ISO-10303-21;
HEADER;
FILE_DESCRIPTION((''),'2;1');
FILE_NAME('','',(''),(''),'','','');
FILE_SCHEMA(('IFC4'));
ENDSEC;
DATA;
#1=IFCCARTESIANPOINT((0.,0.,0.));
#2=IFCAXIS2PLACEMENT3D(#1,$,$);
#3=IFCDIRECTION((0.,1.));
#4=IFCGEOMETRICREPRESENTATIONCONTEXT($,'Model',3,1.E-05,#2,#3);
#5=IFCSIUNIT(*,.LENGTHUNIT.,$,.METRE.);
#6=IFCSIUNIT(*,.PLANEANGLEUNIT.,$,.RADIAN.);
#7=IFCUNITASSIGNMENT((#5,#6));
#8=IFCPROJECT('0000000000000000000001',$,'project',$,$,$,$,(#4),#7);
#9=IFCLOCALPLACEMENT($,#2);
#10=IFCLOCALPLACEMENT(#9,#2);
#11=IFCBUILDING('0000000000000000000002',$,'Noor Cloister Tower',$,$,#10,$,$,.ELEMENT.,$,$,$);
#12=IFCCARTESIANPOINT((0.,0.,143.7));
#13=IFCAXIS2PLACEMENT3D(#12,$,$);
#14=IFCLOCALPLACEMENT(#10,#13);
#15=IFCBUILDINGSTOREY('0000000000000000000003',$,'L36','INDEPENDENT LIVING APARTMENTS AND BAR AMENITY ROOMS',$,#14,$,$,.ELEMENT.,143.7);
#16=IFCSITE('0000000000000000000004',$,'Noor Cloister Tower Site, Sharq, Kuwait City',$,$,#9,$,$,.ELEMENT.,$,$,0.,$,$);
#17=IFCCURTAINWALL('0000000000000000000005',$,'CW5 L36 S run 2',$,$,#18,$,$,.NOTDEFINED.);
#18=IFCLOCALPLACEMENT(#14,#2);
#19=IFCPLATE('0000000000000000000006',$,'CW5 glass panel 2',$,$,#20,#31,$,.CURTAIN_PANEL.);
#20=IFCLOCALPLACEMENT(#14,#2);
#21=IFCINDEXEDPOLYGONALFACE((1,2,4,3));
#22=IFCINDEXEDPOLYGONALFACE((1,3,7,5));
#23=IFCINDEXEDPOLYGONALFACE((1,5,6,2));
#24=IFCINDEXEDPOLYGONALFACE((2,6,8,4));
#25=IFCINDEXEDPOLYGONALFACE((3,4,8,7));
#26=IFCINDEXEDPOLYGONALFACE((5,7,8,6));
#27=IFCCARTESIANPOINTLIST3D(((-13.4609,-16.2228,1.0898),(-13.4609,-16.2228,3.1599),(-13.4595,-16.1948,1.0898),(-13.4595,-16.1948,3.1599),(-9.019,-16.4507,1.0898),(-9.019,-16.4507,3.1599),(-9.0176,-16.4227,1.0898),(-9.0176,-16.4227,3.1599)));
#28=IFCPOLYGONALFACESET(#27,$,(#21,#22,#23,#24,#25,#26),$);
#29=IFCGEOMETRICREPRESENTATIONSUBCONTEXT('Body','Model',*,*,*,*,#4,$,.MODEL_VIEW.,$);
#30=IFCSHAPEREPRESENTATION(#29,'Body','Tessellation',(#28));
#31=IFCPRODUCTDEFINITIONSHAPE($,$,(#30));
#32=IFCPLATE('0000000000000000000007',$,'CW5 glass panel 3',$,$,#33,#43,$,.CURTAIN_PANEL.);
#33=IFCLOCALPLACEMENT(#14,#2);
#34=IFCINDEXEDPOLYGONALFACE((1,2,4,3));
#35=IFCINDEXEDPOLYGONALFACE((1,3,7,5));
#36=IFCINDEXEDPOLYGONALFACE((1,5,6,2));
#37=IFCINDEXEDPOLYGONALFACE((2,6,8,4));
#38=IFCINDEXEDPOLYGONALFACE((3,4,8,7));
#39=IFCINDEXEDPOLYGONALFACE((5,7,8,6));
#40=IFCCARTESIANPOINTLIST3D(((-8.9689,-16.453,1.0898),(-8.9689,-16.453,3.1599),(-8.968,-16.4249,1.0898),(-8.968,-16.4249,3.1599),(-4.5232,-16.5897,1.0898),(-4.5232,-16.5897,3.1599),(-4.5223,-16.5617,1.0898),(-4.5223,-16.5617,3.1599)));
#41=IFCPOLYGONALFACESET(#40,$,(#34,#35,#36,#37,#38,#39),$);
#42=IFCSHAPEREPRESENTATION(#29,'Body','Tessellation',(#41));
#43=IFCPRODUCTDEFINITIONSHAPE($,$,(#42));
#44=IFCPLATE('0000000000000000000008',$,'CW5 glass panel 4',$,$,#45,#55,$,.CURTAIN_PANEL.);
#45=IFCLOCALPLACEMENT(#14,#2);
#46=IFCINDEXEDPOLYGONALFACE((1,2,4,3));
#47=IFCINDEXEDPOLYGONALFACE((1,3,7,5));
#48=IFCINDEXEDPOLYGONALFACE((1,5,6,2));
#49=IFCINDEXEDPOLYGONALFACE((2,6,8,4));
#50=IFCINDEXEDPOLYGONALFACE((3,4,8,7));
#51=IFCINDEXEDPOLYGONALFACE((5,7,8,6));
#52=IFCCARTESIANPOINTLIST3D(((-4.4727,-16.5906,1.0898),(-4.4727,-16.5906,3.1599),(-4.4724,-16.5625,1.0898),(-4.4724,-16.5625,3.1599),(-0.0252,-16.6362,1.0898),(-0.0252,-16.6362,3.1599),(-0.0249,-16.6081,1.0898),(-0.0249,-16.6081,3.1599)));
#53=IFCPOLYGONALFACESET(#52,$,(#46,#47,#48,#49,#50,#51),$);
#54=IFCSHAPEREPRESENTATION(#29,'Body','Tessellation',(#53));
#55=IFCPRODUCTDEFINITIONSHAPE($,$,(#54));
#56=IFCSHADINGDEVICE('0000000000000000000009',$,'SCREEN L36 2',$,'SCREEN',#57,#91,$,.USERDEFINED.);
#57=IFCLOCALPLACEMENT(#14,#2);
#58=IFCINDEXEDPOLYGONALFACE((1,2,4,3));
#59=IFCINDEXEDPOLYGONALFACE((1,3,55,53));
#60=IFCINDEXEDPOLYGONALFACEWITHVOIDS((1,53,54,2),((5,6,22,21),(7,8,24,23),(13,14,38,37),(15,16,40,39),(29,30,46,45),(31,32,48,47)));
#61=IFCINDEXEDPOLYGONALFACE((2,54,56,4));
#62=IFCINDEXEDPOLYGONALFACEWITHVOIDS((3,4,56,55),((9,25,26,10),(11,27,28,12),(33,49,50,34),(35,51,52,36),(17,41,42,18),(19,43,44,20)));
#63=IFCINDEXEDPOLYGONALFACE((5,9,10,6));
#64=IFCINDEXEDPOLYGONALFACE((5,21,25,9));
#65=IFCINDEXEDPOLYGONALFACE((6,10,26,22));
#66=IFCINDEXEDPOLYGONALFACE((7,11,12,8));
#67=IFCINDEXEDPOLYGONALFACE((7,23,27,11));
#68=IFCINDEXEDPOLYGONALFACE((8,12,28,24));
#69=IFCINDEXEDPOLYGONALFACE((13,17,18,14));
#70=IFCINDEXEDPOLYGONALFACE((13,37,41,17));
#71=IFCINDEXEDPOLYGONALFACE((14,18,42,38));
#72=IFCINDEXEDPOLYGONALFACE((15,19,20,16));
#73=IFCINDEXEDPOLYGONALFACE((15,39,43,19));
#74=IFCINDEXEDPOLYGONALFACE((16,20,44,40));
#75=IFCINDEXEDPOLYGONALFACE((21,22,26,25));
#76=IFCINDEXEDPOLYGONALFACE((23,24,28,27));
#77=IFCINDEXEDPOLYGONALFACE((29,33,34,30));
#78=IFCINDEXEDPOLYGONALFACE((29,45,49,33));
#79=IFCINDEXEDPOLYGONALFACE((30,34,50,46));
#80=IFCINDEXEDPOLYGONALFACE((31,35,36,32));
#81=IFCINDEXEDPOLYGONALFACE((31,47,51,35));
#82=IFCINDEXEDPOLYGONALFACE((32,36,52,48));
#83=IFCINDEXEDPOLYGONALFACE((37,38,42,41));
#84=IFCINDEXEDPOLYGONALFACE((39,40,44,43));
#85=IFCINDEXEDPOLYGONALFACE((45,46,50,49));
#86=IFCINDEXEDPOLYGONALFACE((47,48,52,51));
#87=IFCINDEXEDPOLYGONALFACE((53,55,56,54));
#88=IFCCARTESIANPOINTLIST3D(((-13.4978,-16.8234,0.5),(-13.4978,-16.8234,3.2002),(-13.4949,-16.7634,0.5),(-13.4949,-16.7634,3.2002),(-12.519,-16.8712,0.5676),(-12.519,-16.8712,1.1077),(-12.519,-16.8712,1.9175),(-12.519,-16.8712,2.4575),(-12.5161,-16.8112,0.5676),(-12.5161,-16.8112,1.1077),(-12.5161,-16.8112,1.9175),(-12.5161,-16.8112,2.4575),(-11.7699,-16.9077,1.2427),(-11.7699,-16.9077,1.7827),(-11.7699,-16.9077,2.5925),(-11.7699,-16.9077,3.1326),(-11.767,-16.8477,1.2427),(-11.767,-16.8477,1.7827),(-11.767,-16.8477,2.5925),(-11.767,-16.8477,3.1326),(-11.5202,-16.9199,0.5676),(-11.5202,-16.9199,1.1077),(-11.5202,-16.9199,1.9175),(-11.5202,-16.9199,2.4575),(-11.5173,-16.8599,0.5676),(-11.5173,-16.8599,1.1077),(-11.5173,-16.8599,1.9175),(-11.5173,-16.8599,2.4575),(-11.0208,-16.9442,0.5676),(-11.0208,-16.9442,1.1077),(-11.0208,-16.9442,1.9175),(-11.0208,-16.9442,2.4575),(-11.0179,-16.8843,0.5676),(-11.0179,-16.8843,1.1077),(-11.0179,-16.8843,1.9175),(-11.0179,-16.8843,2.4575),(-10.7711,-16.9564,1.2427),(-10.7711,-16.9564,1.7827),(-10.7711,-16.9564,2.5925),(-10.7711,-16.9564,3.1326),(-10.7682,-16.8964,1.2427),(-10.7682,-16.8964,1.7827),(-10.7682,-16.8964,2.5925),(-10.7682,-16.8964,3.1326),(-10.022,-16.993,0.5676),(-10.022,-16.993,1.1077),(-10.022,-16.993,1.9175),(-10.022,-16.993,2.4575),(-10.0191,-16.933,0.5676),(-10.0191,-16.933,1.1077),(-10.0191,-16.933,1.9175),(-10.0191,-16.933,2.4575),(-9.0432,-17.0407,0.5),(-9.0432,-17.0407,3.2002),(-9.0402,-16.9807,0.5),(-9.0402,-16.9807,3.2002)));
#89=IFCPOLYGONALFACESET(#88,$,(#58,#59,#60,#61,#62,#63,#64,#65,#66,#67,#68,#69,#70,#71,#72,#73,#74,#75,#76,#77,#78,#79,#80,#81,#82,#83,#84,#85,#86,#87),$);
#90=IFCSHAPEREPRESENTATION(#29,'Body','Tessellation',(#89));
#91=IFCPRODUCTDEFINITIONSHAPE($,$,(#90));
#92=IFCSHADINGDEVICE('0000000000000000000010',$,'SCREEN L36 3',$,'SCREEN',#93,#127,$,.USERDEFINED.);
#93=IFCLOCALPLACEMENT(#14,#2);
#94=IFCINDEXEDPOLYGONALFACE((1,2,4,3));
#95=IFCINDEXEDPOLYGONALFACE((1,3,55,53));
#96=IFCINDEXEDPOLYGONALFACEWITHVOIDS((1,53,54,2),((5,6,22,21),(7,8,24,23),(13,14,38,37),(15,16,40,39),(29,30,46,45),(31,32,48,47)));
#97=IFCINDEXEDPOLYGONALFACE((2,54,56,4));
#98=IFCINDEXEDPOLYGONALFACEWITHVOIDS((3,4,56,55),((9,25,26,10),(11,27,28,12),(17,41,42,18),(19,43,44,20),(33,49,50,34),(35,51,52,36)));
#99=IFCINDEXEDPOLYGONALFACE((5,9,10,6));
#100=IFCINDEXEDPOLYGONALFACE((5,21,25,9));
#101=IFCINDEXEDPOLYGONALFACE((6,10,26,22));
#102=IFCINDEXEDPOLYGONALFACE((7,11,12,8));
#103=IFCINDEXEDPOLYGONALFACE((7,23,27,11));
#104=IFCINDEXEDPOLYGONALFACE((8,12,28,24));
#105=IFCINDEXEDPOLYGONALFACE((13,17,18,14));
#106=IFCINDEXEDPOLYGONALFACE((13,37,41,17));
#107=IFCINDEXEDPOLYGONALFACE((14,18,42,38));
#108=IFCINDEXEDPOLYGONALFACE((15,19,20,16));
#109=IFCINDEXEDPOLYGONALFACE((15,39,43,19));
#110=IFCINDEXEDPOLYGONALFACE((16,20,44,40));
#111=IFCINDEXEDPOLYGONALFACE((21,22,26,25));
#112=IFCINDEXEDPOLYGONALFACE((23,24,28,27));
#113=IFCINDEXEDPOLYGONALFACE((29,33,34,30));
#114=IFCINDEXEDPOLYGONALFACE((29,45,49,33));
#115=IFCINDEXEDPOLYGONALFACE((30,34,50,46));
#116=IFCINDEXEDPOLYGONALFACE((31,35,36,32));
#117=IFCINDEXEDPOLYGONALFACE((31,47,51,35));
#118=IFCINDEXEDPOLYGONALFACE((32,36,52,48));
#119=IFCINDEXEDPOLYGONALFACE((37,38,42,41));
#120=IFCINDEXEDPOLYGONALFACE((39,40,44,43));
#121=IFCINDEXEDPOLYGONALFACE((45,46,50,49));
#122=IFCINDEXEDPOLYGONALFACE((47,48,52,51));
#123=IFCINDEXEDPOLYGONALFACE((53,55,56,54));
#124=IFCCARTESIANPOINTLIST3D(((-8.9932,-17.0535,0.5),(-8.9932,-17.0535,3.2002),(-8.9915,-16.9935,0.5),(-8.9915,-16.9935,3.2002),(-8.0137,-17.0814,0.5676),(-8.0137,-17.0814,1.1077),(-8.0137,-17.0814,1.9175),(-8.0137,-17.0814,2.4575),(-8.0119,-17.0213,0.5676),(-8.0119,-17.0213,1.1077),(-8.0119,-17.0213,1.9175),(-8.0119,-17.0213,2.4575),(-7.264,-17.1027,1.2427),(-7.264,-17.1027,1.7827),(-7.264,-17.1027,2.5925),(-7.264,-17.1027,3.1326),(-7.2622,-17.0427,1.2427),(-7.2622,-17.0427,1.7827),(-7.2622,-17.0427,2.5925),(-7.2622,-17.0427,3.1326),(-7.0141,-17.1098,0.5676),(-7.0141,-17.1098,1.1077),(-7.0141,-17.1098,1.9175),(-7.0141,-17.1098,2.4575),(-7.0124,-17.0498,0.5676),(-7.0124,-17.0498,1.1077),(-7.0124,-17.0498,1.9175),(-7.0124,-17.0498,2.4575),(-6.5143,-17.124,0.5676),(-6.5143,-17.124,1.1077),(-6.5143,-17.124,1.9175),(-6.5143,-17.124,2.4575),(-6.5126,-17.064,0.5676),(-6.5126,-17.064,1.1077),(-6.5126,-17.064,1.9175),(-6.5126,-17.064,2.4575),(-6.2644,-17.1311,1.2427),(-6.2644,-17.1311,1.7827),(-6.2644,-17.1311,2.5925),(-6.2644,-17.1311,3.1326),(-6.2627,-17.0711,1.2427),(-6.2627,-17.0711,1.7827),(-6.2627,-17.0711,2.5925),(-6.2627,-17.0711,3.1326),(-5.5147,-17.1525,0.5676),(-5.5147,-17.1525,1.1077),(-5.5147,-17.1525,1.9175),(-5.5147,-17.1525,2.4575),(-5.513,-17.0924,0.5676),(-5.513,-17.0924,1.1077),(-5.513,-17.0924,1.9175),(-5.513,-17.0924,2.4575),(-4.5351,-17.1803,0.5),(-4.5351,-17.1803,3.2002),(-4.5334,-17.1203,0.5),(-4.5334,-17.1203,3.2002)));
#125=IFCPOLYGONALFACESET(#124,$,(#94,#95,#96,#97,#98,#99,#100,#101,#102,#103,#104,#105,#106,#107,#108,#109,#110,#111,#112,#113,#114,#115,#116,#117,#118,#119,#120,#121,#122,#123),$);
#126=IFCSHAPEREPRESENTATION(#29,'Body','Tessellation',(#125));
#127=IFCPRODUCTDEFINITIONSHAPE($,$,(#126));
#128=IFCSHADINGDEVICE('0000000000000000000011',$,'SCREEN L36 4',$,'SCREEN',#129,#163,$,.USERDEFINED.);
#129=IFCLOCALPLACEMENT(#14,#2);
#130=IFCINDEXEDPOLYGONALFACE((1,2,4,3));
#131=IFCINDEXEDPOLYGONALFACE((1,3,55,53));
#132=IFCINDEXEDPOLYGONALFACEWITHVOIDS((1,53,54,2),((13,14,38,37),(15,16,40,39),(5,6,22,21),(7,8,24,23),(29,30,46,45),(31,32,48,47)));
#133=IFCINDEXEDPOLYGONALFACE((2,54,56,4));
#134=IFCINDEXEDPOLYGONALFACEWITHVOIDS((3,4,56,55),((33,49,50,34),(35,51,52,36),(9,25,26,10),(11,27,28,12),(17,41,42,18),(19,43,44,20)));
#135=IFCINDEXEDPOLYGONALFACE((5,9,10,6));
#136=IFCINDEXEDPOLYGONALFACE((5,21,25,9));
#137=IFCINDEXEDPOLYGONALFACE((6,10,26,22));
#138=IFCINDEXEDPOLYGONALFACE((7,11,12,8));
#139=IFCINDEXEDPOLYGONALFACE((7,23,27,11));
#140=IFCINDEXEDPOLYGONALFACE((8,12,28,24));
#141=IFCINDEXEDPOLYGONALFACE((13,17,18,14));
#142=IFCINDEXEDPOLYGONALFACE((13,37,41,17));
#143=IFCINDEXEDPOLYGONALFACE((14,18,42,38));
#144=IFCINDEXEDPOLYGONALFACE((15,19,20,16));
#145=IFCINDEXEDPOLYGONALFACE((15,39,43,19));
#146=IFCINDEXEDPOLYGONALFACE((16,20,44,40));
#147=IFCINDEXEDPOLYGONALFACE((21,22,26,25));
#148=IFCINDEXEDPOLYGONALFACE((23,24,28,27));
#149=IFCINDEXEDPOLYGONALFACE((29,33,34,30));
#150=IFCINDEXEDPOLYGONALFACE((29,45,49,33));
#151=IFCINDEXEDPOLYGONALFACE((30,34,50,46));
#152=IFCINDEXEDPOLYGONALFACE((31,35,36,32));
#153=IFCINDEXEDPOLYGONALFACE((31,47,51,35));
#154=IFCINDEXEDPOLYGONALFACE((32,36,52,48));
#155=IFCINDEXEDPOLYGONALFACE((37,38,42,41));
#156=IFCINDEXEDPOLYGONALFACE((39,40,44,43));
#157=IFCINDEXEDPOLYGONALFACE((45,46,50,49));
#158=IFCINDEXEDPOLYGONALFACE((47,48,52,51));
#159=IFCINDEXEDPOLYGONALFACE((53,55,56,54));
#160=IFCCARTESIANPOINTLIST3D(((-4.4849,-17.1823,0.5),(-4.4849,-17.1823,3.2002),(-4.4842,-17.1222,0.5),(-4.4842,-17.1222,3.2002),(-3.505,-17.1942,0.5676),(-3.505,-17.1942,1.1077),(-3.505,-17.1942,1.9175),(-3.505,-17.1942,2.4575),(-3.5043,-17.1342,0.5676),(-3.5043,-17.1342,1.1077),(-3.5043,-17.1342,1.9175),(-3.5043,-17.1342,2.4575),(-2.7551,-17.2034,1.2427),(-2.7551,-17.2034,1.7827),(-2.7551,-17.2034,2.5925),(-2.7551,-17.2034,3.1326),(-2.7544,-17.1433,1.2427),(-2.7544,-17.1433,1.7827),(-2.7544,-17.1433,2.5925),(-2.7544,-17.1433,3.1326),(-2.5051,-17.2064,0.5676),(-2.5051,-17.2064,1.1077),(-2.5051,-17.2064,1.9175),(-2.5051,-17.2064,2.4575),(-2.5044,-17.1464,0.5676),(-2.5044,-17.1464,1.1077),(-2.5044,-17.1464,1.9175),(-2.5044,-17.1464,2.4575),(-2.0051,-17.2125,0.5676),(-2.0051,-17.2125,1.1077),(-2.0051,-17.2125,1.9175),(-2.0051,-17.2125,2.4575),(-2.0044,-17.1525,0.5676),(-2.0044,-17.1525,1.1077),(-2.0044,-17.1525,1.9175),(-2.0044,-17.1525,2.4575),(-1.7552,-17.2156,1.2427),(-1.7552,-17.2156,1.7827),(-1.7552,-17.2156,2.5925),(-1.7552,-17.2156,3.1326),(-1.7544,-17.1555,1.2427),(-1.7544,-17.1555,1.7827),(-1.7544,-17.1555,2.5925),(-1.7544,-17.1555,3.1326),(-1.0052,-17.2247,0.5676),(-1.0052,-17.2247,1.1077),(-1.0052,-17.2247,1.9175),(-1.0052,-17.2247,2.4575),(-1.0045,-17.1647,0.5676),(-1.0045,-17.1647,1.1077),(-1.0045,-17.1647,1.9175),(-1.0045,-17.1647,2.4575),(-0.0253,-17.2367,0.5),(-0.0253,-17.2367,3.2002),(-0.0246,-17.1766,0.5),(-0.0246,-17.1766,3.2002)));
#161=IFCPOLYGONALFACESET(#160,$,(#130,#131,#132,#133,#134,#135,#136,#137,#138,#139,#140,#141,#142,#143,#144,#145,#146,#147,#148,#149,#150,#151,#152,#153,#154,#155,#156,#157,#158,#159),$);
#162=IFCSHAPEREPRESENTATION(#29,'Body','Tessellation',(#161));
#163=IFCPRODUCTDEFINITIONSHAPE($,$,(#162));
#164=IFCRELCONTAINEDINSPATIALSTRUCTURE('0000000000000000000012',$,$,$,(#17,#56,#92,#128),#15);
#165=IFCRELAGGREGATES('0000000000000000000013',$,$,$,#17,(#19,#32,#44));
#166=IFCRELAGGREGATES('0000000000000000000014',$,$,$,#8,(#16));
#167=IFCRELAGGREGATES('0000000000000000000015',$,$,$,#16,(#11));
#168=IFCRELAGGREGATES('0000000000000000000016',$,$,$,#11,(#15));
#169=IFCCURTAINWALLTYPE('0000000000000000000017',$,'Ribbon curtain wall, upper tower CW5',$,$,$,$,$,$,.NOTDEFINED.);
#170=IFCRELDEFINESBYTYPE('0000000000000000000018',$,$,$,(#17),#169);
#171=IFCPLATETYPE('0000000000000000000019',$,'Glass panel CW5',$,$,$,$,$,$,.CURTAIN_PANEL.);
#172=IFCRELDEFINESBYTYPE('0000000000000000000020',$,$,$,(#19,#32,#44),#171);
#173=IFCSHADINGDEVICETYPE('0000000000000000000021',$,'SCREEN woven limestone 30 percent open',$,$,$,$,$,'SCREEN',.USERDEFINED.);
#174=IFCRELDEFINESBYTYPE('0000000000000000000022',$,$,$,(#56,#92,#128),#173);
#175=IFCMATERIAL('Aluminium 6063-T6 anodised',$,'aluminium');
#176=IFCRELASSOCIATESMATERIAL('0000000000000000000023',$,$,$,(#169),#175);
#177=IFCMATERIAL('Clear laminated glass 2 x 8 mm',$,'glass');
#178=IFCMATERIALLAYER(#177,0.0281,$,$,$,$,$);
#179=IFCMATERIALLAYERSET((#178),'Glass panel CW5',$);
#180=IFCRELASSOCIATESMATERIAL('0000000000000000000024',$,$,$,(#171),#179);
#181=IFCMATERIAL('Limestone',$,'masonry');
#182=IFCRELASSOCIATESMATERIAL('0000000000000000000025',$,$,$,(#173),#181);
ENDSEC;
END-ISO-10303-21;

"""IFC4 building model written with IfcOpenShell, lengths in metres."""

from ifc_helpers import new_model, si_unit, direction, frame, origin, origin_2d, place, context, subcontext, project, spatial, polyline, rectangle, outline, extrude, material, layer, layer_set, material_profile, profile_set, type_object, element, aggregate, save


model = new_model("IFC4")

# Units and contexts
model_context = context("Model", 3, precision=1e-05, world=origin(), true_north=direction((0.0, 1.0)))
body_context = subcontext(model_context, "Body", "Model", "MODEL_VIEW")
ifc_project = project(units=[si_unit("LENGTHUNIT", "METRE"), si_unit("PLANEANGLEUNIT", "RADIAN")], contexts=[model_context])

# Site, building, storey
site_placement = place(None, origin())
site = spatial("IfcSite", under=ifc_project, at=site_placement, Name="Noor Cloister Tower Site, Sharq, Kuwait City", CompositionType="ELEMENT", RefElevation=0.0)
building_placement = place(site_placement, origin())
building = spatial("IfcBuilding", under=site, at=building_placement, Name="Noor Cloister Tower", CompositionType="ELEMENT")
storey_placement = place(building_placement, frame((0.0, 0.0, 143.7)))
storey = spatial("IfcBuildingStorey", under=building, at=storey_placement, Name="L36", Description="INDEPENDENT LIVING APARTMENTS AND BAR AMENITY ROOMS", CompositionType="ELEMENT", Elevation=143.7)

# Curtain wall
ifc_material_1 = material(Name="Aluminium 6063-T6 anodised", Category="aluminium")
curtain_wall_type = type_object("IfcCurtainWallType", Name="Ribbon curtain wall, upper tower CW5", PredefinedType="NOTDEFINED", material=ifc_material_1)
curtain_wall_placement = place(storey_placement, origin())
curtain_wall = element("IfcCurtainWall", 1, at=curtain_wall_placement, inside=storey, type_object=curtain_wall_type, Name="CW5 L36 S run 2", PredefinedType="NOTDEFINED")

# Plates
ifc_material_2 = material(Name="Clear laminated glass 2 x 8 mm", Category="glass")
ifc_layer = layer(ifc_material_2, 0.0281)
ifc_layer_set = layer_set([ifc_layer], Name="Glass panel CW5")
plate_type = type_object("IfcPlateType", Name="Glass panel CW5", PredefinedType="CURTAIN_PANEL", material=ifc_layer_set)
plate_1_placement = place(storey_placement, frame((-11.2393, -16.3228, 1.0898), z_axis=(0.0, 0.0, 1.0), x_axis=(0.998687, -0.051236, 0.0)))
plate_1 = element("IfcPlate", 2, at=plate_1_placement, type_object=plate_type, Name="CW5 glass panel 2", PredefinedType="CURTAIN_PANEL", context=body_context, shape_type="SweptSolid", body=[
    extrude(rectangle(XDim=4.4478, YDim=0.0281, at=origin_2d()), origin(), (0.0, 0.0, 1.0), 2.0701),
])
plate_2_placement = place(storey_placement, frame((-6.7456, -16.5073, 1.0898), z_axis=(0.0, 0.0, 1.0), x_axis=(0.999527, -0.03075, 0.0)))
plate_2 = element("IfcPlate", 3, at=plate_2_placement, type_object=plate_type, Name="CW5 glass panel 3", PredefinedType="CURTAIN_PANEL", context=body_context, shape_type="SweptSolid", body=[
    extrude(rectangle(XDim=4.4478, YDim=0.0281, at=origin_2d()), origin(), (0.0, 0.0, 1.0), 2.0701),
])
plate_3_placement = place(storey_placement, frame((-2.2488, -16.5994, 1.0898), z_axis=(0.0, 0.0, 1.0), x_axis=(0.999947, -0.010252, 0.0)))
plate_3 = element("IfcPlate", 4, at=plate_3_placement, type_object=plate_type, Name="CW5 glass panel 4", PredefinedType="CURTAIN_PANEL", context=body_context, shape_type="SweptSolid", body=[
    extrude(rectangle(XDim=4.4478, YDim=0.0281, at=origin_2d()), origin(), (0.0, 0.0, 1.0), 2.0701),
])
aggregate(curtain_wall, [plate_1, plate_2, plate_3])

# Shading devices
ifc_material_3 = material(Name="Limestone", Category="masonry")
ifc_material_profile_1 = material_profile(ifc_material_3, outline(polyline([(-2.23, -1.3501), (2.23, -1.3501), (2.23, 1.3501), (-2.23, 1.3501), (-2.23, -1.3501)]), holes=[polyline([(-1.25, -1.2825), (-0.25, -1.2825), (-0.25, -0.7424), (-1.25, -0.7424), (-1.25, -1.2825)]), polyline([(0.25, -1.2825), (1.25, -1.2825), (1.25, -0.7424), (0.25, -0.7424), (0.25, -1.2825)]), polyline([(-0.5, -0.6074), (0.5, -0.6074), (0.5, -0.0674), (-0.5, -0.0674), (-0.5, -0.6074)]), polyline([(-1.25, 0.0674), (-0.25, 0.0674), (-0.25, 0.6074), (-1.25, 0.6074), (-1.25, 0.0674)]), polyline([(0.25, 0.0674), (1.25, 0.0674), (1.25, 0.6074), (0.25, 0.6074), (0.25, 0.0674)]), polyline([(-0.5, 0.7424), (0.5, 0.7424), (0.5, 1.2825), (-0.5, 1.2825), (-0.5, 0.7424)])]), Name="Woven screen 30 percent open")
ifc_profile_set_1 = profile_set([ifc_material_profile_1], Name="Limestone")
shading_device_type = type_object("IfcShadingDeviceType", Name="SCREEN woven limestone 30 percent open", ElementType="SCREEN", PredefinedType="USERDEFINED", material=ifc_profile_set_1)
for number, where, z_axis, x_axis, name in (
    (5, (-11.2676, -16.8721, 1.8501), (-0.048723, -0.998812, 0.0), (0.998812, -0.048723, 0.0), "SCREEN L36 2"),
    (6, (-6.7625, -17.0569, 1.8501), (-0.028444, -0.999595, 0.0), (0.999595, -0.028444, 0.0), "SCREEN L36 3"),
    (7, (-2.2544, -17.1494, 1.8501), (-0.012194, -0.999926, 0.0), (0.999926, -0.012194, 0.0), "SCREEN L36 4"),
):
    element("IfcShadingDevice", number, at=place(storey_placement, frame(where, z_axis=z_axis, x_axis=x_axis)), inside=storey, type_object=shading_device_type, Name=name, ObjectType="SCREEN", PredefinedType="USERDEFINED", context=body_context, shape_type="SweptSolid", body=[
        extrude(outline(polyline([(-2.23, -1.3501), (2.23, -1.3501), (2.23, 1.3501), (-2.23, 1.3501), (-2.23, -1.3501)]), holes=[polyline([(-1.25, -1.2825), (-0.25, -1.2825), (-0.25, -0.7424), (-1.25, -0.7424), (-1.25, -1.2825)]), polyline([(0.25, -1.2825), (1.25, -1.2825), (1.25, -0.7424), (0.25, -0.7424), (0.25, -1.2825)]), polyline([(-0.5, -0.6074), (0.5, -0.6074), (0.5, -0.0674), (-0.5, -0.0674), (-0.5, -0.6074)]), polyline([(-1.25, 0.0674), (-0.25, 0.0674), (-0.25, 0.6074), (-1.25, 0.6074), (-1.25, 0.0674)]), polyline([(0.25, 0.0674), (1.25, 0.0674), (1.25, 0.6074), (0.25, 0.6074), (0.25, 0.0674)]), polyline([(-0.5, 0.7424), (0.5, 0.7424), (0.5, 1.2825), (-0.5, 1.2825), (-0.5, 0.7424)])]), origin(), (0.0, 0.0, 1.0), 0.0601),
    ])

save(model, "model.ifc")
